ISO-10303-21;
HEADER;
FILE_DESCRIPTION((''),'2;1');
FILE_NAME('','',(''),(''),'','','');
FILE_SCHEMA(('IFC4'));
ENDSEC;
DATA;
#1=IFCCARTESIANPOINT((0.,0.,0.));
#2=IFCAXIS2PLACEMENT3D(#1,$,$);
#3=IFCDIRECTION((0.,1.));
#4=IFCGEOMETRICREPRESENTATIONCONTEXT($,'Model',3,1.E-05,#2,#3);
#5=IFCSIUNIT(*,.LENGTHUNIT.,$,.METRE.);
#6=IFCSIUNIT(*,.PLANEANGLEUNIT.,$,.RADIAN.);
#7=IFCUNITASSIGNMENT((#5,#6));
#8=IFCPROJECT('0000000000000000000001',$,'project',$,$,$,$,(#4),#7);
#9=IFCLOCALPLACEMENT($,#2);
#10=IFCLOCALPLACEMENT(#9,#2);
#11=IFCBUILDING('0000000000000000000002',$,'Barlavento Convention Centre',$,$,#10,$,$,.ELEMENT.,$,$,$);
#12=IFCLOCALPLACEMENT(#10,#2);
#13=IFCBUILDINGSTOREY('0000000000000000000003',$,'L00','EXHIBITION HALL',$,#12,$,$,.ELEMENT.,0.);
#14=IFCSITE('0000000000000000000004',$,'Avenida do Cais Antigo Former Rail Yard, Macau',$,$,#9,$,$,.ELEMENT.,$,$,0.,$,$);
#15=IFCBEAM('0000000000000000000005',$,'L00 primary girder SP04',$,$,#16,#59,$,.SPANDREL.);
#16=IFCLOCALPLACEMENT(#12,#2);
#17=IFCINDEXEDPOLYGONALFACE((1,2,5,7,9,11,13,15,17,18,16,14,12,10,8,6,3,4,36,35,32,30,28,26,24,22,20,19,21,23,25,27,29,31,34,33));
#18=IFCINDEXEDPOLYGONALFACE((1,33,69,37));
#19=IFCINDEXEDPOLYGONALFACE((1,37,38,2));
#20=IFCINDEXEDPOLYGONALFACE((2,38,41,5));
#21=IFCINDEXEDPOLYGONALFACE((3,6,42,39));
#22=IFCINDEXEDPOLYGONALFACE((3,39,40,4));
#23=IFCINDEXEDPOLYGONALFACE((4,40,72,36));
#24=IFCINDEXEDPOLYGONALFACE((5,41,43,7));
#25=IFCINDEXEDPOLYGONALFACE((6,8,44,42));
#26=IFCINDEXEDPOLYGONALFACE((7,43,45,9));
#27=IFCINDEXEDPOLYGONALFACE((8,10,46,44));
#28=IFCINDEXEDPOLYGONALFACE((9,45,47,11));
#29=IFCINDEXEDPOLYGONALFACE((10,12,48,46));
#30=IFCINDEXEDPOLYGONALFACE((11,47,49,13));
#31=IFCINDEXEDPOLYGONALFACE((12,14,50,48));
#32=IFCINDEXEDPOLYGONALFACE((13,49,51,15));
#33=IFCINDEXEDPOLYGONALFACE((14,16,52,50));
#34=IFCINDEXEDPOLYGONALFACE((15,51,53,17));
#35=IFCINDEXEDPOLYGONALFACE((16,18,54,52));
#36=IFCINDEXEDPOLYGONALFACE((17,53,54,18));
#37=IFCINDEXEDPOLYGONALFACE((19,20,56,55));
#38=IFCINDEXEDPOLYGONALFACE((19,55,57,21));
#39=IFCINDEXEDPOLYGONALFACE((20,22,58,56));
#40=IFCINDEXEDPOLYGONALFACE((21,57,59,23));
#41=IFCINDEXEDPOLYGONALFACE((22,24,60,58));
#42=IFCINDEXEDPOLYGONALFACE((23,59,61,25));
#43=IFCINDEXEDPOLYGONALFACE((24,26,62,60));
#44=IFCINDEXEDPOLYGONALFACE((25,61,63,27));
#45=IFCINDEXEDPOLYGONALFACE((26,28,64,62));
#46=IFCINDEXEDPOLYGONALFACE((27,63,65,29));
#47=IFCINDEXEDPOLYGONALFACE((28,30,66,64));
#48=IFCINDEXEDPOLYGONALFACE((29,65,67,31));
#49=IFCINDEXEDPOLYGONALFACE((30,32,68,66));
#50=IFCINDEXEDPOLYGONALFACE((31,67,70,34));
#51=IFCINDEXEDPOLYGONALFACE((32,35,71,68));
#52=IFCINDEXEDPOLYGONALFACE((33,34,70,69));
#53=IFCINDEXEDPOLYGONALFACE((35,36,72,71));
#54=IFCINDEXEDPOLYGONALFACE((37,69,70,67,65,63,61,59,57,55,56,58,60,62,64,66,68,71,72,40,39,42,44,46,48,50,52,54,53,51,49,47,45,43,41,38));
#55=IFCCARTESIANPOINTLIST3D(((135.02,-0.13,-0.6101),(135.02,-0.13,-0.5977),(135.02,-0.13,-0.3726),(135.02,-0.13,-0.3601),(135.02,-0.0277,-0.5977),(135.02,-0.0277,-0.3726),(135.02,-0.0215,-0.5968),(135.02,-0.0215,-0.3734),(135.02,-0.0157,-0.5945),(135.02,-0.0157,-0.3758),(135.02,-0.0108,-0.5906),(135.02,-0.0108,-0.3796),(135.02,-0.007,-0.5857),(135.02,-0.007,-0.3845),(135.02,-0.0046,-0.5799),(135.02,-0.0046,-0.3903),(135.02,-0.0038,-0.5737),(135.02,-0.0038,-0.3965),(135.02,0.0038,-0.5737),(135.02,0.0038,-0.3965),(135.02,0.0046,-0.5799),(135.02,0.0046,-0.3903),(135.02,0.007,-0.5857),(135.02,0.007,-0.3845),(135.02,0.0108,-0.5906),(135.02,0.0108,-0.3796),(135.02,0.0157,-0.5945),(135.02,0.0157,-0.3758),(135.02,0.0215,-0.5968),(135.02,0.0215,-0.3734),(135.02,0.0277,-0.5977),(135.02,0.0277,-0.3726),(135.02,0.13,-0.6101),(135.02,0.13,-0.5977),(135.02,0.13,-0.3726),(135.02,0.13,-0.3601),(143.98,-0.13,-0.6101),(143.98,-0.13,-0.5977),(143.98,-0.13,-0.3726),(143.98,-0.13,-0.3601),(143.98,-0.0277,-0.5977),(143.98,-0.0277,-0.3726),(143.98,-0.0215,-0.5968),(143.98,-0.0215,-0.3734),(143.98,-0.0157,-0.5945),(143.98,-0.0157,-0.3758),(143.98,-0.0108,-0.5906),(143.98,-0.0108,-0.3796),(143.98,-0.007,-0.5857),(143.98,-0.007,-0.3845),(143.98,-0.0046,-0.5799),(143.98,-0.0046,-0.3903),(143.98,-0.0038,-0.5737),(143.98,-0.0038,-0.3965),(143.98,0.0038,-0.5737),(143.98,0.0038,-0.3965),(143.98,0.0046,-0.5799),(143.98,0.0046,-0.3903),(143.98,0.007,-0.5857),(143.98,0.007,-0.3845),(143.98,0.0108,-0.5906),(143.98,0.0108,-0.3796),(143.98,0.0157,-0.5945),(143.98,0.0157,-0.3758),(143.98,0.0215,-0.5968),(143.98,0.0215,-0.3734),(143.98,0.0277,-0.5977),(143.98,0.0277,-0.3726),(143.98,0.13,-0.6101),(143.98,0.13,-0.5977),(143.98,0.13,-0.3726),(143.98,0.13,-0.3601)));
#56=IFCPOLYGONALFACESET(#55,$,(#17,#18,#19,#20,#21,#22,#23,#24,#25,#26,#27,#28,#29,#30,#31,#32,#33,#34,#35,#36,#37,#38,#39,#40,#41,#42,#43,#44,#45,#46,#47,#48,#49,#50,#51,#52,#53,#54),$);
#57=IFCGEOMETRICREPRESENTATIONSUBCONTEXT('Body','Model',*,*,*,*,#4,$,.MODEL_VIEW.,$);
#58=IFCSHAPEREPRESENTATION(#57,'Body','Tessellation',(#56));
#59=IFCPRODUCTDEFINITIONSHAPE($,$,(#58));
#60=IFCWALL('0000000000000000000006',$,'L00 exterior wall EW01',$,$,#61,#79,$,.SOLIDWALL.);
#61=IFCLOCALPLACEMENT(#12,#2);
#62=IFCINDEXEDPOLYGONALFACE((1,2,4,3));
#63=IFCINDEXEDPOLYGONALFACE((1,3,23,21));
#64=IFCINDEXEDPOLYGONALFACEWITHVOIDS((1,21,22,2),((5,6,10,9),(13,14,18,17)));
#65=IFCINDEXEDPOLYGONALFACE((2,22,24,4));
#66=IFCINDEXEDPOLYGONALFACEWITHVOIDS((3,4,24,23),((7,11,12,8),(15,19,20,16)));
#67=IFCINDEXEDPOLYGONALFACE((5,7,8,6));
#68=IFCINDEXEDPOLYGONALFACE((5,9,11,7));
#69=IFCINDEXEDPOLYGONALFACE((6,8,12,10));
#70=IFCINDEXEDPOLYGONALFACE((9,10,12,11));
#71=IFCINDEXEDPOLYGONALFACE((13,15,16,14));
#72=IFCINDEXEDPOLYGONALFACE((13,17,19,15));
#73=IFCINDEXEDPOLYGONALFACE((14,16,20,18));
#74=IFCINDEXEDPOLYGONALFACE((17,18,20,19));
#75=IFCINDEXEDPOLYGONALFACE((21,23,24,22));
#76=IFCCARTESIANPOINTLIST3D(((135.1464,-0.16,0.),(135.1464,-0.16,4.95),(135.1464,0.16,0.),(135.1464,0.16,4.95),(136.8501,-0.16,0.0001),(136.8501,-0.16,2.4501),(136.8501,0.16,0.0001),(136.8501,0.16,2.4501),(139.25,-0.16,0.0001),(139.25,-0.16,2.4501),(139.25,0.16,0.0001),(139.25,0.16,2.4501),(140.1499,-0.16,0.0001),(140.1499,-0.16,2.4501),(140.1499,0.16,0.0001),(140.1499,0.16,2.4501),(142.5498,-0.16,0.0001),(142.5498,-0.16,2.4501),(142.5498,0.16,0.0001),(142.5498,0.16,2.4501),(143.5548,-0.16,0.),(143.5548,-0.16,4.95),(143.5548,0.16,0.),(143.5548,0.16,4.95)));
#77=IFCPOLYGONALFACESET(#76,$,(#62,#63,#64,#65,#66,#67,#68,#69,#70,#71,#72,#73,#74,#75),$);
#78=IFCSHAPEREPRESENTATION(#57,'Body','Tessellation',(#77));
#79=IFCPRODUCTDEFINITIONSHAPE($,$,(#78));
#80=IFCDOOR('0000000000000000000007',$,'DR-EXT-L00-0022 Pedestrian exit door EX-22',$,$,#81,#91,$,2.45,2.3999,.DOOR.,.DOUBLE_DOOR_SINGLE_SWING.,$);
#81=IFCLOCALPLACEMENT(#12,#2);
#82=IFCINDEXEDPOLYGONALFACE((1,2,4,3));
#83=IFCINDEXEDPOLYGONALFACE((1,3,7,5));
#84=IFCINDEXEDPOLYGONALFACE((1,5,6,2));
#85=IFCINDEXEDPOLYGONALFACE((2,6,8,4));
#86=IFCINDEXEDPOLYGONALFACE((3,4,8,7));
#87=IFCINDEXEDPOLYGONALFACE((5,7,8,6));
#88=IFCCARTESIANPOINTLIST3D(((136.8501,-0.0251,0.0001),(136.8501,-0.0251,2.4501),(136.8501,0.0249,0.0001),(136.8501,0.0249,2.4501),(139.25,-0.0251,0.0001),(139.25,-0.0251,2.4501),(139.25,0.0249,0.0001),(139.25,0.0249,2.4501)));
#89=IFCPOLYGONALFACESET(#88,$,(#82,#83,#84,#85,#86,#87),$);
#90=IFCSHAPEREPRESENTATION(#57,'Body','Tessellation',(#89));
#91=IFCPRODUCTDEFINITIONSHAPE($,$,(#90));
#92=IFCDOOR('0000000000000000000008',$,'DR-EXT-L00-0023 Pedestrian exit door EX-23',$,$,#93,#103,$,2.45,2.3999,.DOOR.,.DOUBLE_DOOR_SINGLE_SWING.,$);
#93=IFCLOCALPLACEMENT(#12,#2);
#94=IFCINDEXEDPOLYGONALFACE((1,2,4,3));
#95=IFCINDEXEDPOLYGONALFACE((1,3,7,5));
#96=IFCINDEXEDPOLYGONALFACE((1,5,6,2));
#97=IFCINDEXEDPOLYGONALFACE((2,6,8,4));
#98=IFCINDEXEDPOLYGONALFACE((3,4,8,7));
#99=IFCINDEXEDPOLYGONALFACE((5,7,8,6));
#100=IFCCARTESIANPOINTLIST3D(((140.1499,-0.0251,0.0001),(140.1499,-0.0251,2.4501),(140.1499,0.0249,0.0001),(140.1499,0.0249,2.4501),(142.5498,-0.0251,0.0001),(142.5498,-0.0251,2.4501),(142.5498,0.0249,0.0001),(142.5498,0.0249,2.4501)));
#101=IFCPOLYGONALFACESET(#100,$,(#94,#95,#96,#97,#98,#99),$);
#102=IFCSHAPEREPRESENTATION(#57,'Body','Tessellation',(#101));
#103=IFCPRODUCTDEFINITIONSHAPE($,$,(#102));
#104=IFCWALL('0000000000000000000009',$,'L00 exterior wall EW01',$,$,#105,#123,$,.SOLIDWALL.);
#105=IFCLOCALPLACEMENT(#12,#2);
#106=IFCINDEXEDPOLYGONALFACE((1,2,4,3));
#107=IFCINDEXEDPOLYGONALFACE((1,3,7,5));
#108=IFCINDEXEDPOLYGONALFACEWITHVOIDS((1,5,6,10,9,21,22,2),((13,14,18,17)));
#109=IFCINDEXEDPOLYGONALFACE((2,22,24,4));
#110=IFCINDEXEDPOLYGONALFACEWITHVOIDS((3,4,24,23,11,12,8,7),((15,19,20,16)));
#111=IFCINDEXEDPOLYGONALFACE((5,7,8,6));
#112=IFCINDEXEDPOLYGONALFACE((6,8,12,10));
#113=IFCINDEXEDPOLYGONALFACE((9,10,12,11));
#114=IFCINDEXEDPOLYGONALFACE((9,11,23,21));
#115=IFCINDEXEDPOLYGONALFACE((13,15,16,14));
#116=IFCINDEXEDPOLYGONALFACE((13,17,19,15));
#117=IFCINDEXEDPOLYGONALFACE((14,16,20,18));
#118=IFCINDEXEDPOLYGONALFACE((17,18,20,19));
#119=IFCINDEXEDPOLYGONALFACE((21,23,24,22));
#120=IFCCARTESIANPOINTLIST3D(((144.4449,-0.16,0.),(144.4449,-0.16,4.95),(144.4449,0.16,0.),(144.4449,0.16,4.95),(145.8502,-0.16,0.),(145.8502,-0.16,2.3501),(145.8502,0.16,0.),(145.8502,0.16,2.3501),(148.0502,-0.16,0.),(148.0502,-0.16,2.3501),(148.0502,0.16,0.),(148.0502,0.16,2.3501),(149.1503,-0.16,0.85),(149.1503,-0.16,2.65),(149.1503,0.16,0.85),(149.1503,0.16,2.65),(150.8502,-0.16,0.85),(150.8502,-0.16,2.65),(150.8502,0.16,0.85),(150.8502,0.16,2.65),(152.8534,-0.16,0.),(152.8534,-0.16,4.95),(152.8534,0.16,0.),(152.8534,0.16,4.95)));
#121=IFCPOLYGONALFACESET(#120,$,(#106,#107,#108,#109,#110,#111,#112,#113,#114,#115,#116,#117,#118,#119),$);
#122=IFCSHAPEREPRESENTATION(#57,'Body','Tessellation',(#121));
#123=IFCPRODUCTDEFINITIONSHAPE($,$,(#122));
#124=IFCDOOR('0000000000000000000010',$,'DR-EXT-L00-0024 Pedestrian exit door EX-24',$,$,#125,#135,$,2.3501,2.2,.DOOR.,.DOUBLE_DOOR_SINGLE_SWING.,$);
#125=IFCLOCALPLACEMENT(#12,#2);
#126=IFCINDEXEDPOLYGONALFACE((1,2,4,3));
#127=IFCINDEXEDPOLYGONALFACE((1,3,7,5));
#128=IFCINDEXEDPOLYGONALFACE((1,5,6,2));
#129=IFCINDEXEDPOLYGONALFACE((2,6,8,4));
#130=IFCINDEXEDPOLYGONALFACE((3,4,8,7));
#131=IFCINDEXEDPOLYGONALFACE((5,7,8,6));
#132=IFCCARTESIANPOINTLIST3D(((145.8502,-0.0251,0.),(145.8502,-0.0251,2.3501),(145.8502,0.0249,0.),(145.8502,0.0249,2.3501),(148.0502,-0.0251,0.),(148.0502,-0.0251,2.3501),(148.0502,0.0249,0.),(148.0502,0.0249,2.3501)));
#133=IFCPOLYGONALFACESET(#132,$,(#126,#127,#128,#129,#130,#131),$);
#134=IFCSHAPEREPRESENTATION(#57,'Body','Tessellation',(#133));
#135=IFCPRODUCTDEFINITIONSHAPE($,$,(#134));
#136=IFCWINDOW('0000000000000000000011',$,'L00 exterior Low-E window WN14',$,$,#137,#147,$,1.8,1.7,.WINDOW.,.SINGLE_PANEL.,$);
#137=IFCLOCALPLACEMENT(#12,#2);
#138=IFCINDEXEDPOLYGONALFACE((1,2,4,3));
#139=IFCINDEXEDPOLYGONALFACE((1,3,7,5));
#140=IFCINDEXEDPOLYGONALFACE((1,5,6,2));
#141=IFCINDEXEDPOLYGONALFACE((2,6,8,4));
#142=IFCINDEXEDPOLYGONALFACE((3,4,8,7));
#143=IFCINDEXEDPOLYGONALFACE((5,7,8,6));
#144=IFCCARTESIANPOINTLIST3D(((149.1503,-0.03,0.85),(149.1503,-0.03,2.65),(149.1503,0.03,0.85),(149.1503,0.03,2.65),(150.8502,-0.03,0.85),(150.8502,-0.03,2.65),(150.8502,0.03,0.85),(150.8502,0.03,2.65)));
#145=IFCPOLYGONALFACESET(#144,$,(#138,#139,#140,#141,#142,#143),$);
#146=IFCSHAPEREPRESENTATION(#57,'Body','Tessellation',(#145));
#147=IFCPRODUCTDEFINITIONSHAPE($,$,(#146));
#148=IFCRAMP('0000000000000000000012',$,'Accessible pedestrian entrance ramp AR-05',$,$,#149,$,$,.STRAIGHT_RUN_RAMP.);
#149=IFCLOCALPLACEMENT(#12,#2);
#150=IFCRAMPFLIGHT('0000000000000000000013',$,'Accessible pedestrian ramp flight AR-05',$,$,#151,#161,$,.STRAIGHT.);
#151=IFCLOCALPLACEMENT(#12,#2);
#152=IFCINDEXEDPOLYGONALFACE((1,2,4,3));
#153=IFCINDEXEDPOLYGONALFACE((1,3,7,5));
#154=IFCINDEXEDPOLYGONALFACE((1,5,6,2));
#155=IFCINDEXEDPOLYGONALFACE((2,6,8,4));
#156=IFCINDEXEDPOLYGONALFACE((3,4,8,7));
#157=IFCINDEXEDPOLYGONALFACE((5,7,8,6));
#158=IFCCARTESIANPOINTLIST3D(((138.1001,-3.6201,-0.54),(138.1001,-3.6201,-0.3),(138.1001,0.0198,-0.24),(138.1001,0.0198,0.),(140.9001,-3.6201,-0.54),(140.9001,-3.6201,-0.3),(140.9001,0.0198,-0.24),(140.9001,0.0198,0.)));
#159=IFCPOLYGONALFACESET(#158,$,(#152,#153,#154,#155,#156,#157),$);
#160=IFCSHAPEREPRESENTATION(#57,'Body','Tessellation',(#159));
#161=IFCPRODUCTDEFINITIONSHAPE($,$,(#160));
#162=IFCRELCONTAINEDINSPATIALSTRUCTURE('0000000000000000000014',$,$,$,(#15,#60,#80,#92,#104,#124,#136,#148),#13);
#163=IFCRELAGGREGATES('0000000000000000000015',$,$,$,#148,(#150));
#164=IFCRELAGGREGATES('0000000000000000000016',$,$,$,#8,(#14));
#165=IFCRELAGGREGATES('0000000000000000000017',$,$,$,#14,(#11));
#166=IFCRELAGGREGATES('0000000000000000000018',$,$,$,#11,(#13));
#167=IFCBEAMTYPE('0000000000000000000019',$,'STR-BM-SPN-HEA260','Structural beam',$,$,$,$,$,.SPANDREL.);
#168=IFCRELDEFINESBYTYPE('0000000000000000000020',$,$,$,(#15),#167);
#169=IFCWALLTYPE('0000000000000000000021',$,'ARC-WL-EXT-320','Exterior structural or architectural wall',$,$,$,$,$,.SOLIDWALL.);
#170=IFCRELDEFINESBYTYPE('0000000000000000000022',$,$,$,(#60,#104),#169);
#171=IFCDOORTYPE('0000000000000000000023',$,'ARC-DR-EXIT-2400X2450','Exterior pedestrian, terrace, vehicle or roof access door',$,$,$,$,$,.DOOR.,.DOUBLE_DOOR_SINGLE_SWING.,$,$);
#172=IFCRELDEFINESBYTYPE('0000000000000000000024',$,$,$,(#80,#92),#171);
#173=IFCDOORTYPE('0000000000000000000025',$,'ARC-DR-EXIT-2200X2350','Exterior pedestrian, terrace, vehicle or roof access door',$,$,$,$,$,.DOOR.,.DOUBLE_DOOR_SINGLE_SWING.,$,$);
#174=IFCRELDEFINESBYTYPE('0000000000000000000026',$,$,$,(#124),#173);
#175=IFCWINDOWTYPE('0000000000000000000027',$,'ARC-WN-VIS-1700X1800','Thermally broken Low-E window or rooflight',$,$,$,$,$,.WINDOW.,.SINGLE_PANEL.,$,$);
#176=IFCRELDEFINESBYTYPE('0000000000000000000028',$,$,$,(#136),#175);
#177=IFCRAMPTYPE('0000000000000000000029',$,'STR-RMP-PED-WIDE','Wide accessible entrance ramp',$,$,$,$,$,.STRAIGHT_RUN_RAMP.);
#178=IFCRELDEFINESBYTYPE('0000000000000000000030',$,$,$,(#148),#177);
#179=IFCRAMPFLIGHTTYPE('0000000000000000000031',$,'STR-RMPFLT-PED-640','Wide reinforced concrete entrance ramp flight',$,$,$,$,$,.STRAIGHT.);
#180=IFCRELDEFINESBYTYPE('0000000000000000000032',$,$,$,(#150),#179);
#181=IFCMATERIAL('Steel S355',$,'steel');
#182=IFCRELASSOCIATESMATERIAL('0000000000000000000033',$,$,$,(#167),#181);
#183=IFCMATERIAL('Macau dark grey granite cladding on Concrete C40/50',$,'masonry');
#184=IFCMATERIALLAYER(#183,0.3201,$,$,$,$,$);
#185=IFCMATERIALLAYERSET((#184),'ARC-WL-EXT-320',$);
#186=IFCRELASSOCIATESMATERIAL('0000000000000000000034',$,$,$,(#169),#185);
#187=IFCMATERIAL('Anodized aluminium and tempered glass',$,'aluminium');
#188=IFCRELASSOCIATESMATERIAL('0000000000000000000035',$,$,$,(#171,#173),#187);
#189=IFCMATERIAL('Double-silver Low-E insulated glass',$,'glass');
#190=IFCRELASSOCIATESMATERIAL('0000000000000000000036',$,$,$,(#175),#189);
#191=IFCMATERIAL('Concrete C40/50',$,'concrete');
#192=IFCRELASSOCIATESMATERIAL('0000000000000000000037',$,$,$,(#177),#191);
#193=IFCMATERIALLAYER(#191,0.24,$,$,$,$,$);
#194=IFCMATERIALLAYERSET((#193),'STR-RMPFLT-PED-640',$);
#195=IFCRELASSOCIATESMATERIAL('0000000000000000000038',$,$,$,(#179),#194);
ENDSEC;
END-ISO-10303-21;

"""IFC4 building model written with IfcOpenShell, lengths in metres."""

from ifc_helpers import new_model, si_unit, direction, frame, frame_2d, origin, origin_2d, place, context, subcontext, project, spatial, polyline, rectangle, i_section, outline, extrude, material, layer, layer_set, material_profile, profile_set, type_object, element, fill, aggregate, save


model = new_model("IFC4")

# Units and contexts
model_context = context("Model", 3, precision=1e-05, world=origin(), true_north=direction((0.0, 1.0)))
body_context = subcontext(model_context, "Body", "Model", "MODEL_VIEW")
ifc_project = project(units=[si_unit("LENGTHUNIT", "METRE"), si_unit("PLANEANGLEUNIT", "RADIAN")], contexts=[model_context])

# Site, building, storey
site_placement = place(None, origin())
site = spatial("IfcSite", under=ifc_project, at=site_placement, Name="Avenida do Cais Antigo Former Rail Yard, Macau", CompositionType="ELEMENT", RefElevation=0.0)
building_placement = place(site_placement, origin())
building = spatial("IfcBuilding", under=site, at=building_placement, Name="Barlavento Convention Centre", CompositionType="ELEMENT")
storey_placement = place(building_placement, origin())
storey = spatial("IfcBuildingStorey", under=building, at=storey_placement, Name="L00", Description="EXHIBITION HALL", CompositionType="ELEMENT", Elevation=0.0)

# Beam
ifc_material_1 = material(Name="Steel S355", Category="steel")
ifc_material_profile_1 = material_profile(ifc_material_1, i_section(OverallWidth=0.26, OverallDepth=0.25, WebThickness=0.0076, FlangeThickness=0.0125, FilletRadius=0.0239, at=origin_2d()), Name="HEA 260")
ifc_profile_set_1 = profile_set([ifc_material_profile_1], Name="Steel S355")
beam_type_1 = type_object("IfcBeamType", Name="STR-BM-SPN-HEA260", Description="Structural beam", PredefinedType="SPANDREL", material=ifc_profile_set_1)
beam_1_placement = place(storey_placement, frame((135.02, 0.0, -0.4851), z_axis=(1.0, 0.0, 0.0), x_axis=(0.0, 1.0, 0.0)))
element("IfcBeam", 1, at=beam_1_placement, inside=storey, type_object=beam_type_1, Name="L00 primary girder SP04", PredefinedType="SPANDREL", context=body_context, shape_type="SweptSolid", body=[
    extrude(i_section(OverallWidth=0.26, OverallDepth=0.25, WebThickness=0.0076, FlangeThickness=0.0125, FilletRadius=0.0239, at=origin_2d()), origin(), (0.0, 0.0, 1.0), 8.96),
])

# Wall, openings, doors
ifc_material_2 = material(Name="Macau dark grey granite cladding on Concrete C40/50", Category="masonry")
ifc_layer_1 = layer(ifc_material_2, 0.3201)
ifc_layer_set_1 = layer_set([ifc_layer_1], Name="ARC-WL-EXT-320")
wall_type = type_object("IfcWallType", Name="ARC-WL-EXT-320", Description="Exterior structural or architectural wall", PredefinedType="SOLIDWALL", material=ifc_layer_set_1)
wall_1_placement = place(storey_placement, frame((135.1465, 0.0, 0.0), z_axis=(0.0, 0.0, 1.0), x_axis=(1.0, 0.0, 0.0)))
wall_1 = element("IfcWall", 2, at=wall_1_placement, inside=storey, type_object=wall_type, Name="L00 exterior wall EW01", PredefinedType="SOLIDWALL", context=body_context, shape_type="SweptSolid", body=[
    extrude(rectangle(XDim=8.4084, YDim=0.3201, at=frame_2d((4.2041, 0.0))), origin(), (0.0, 0.0, 1.0), 4.95),
])
opening_1_placement = place(wall_1_placement, frame((1.7036, 0.0, 0.0)))
opening_1 = element("IfcOpeningElement", 3, at=opening_1_placement, cuts=wall_1, PredefinedType="OPENING", context=body_context, shape_type="SweptSolid", body=[
    extrude(rectangle(XDim=2.3999, YDim=2.45, at=frame_2d((1.2, 1.2251))), frame((0.0, 0.1699, 0.0), z_axis=(0.0, -1.0, 0.0), x_axis=(1.0, 0.0, 0.0)), (0.0, 0.0, 1.0), 0.3401),
])
opening_2_placement = place(wall_1_placement, frame((5.0034, 0.0, 0.0)))
opening_2 = element("IfcOpeningElement", 4, at=opening_2_placement, cuts=wall_1, PredefinedType="OPENING", context=body_context, shape_type="SweptSolid", body=[
    extrude(rectangle(XDim=2.3999, YDim=2.45, at=frame_2d((1.2, 1.2251))), frame((0.0, 0.1699, 0.0), z_axis=(0.0, -1.0, 0.0), x_axis=(1.0, 0.0, 0.0)), (0.0, 0.0, 1.0), 0.3401),
])
ifc_material_3 = material(Name="Anodized aluminium and tempered glass", Category="aluminium")
door_type_1 = type_object("IfcDoorType", Name="ARC-DR-EXIT-2400X2450", Description="Exterior pedestrian, terrace, vehicle or roof access door", OperationType="DOUBLE_DOOR_SINGLE_SWING", PredefinedType="DOOR", material=ifc_material_3)
door_1_placement = place(opening_1_placement, origin())
door_1 = element("IfcDoor", 5, at=door_1_placement, inside=storey, type_object=door_type_1, Name="DR-EXT-L00-0022 Pedestrian exit door EX-22", OperationType="DOUBLE_DOOR_SINGLE_SWING", OverallHeight=2.45, OverallWidth=2.3999, PredefinedType="DOOR", context=body_context, shape_type="SweptSolid", body=[
    extrude(rectangle(XDim=2.3999, YDim=2.45, at=frame_2d((1.2, 1.2251))), frame((0.0, 0.0249, 0.0), z_axis=(0.0, -1.0, 0.0), x_axis=(1.0, 0.0, 0.0)), (0.0, 0.0, 1.0), 0.05),
])
fill(opening_1, door_1)
door_2_placement = place(opening_2_placement, origin())
door_2 = element("IfcDoor", 6, at=door_2_placement, inside=storey, type_object=door_type_1, Name="DR-EXT-L00-0023 Pedestrian exit door EX-23", OperationType="DOUBLE_DOOR_SINGLE_SWING", OverallHeight=2.45, OverallWidth=2.3999, PredefinedType="DOOR", context=body_context, shape_type="SweptSolid", body=[
    extrude(rectangle(XDim=2.3999, YDim=2.45, at=frame_2d((1.2, 1.2251))), frame((0.0, 0.0249, 0.0), z_axis=(0.0, -1.0, 0.0), x_axis=(1.0, 0.0, 0.0)), (0.0, 0.0, 1.0), 0.05),
])
fill(opening_2, door_2)

# Wall, openings, door, window
wall_2_placement = place(storey_placement, frame((144.4451, 0.0, 0.0), z_axis=(0.0, 0.0, 1.0), x_axis=(1.0, 0.0, 0.0)))
wall_2 = element("IfcWall", 7, at=wall_2_placement, inside=storey, type_object=wall_type, Name="L00 exterior wall EW01", PredefinedType="SOLIDWALL", context=body_context, shape_type="SweptSolid", body=[
    extrude(rectangle(XDim=8.4084, YDim=0.3201, at=frame_2d((4.2041, 0.0))), origin(), (0.0, 0.0, 1.0), 4.95),
])
opening_3_placement = place(wall_2_placement, frame((1.405, 0.0, 0.0)))
opening_3 = element("IfcOpeningElement", 8, at=opening_3_placement, cuts=wall_2, PredefinedType="OPENING", context=body_context, shape_type="SweptSolid", body=[
    extrude(rectangle(XDim=2.2, YDim=2.3501, at=frame_2d((1.1001, 1.175))), frame((0.0, 0.1699, 0.0), z_axis=(0.0, -1.0, 0.0), x_axis=(1.0, 0.0, 0.0)), (0.0, 0.0, 1.0), 0.3401),
])
opening_4_placement = place(wall_2_placement, frame((4.7051, 0.0, 0.8501)))
opening_4 = element("IfcOpeningElement", 9, at=opening_4_placement, cuts=wall_2, PredefinedType="OPENING", context=body_context, shape_type="SweptSolid", body=[
    extrude(rectangle(XDim=1.7, YDim=1.8, at=frame_2d((0.8501, 0.8999))), frame((0.0, 0.1699, 0.0), z_axis=(0.0, -1.0, 0.0), x_axis=(1.0, 0.0, 0.0)), (0.0, 0.0, 1.0), 0.3401),
])
door_type_2 = type_object("IfcDoorType", Name="ARC-DR-EXIT-2200X2350", Description="Exterior pedestrian, terrace, vehicle or roof access door", OperationType="DOUBLE_DOOR_SINGLE_SWING", PredefinedType="DOOR", material=ifc_material_3)
door_3_placement = place(opening_3_placement, origin())
door_3 = element("IfcDoor", 10, at=door_3_placement, inside=storey, type_object=door_type_2, Name="DR-EXT-L00-0024 Pedestrian exit door EX-24", OperationType="DOUBLE_DOOR_SINGLE_SWING", OverallHeight=2.3501, OverallWidth=2.2, PredefinedType="DOOR", context=body_context, shape_type="SweptSolid", body=[
    extrude(rectangle(XDim=2.2, YDim=2.3501, at=frame_2d((1.1001, 1.175))), frame((0.0, 0.0249, 0.0), z_axis=(0.0, -1.0, 0.0), x_axis=(1.0, 0.0, 0.0)), (0.0, 0.0, 1.0), 0.05),
])
fill(opening_3, door_3)
ifc_material_4 = material(Name="Double-silver Low-E insulated glass", Category="glass")
window_type = type_object("IfcWindowType", Name="ARC-WN-VIS-1700X1800", Description="Thermally broken Low-E window or rooflight", PartitioningType="SINGLE_PANEL", PredefinedType="WINDOW", material=ifc_material_4)
window_placement = place(opening_4_placement, origin())
window = element("IfcWindow", 11, at=window_placement, inside=storey, type_object=window_type, Name="L00 exterior Low-E window WN14", OverallHeight=1.8, OverallWidth=1.7, PartitioningType="SINGLE_PANEL", PredefinedType="WINDOW", context=body_context, shape_type="SweptSolid", body=[
    extrude(rectangle(XDim=1.7, YDim=1.8, at=frame_2d((0.8501, 0.8999))), frame((0.0, 0.03, 0.0), z_axis=(0.0, -1.0, 0.0), x_axis=(1.0, 0.0, 0.0)), (0.0, 0.0, 1.0), 0.0601),
])
fill(opening_4, window)

# Ramp, ramp flight
ifc_material_5 = material(Name="Concrete C40/50", Category="concrete")
ramp_type = type_object("IfcRampType", Name="STR-RMP-PED-WIDE", Description="Wide accessible entrance ramp", PredefinedType="STRAIGHT_RUN_RAMP", material=ifc_material_5)
ramp_placement = place(storey_placement, origin())
ramp = element("IfcRamp", 12, at=ramp_placement, inside=storey, type_object=ramp_type, Name="Accessible pedestrian entrance ramp AR-05", PredefinedType="STRAIGHT_RUN_RAMP")
ifc_layer_2 = layer(ifc_material_5, 0.24)
ifc_layer_set_2 = layer_set([ifc_layer_2], Name="STR-RMPFLT-PED-640")
ramp_flight_type = type_object("IfcRampFlightType", Name="STR-RMPFLT-PED-640", Description="Wide reinforced concrete entrance ramp flight", PredefinedType="STRAIGHT", material=ifc_layer_set_2)
ramp_flight_placement = place(storey_placement, frame((139.5, -3.6201, -0.3), z_axis=(0.0, 0.0, 1.0), x_axis=(0.0, 1.0, 0.0)))
ramp_flight = element("IfcRampFlight", 13, at=ramp_flight_placement, type_object=ramp_flight_type, Name="Accessible pedestrian ramp flight AR-05", PredefinedType="STRAIGHT", context=body_context, shape_type="SweptSolid", body=[
    extrude(outline(polyline([(0.0, -0.24), (3.6399, 0.0601), (3.6399, 0.3), (0.0, 0.0), (0.0, -0.24)])), frame((0.0, 1.3999, 0.0), z_axis=(0.0, -1.0, 0.0), x_axis=(1.0, 0.0, 0.0)), (0.0, 0.0, 1.0), 2.8),
])
aggregate(ramp, [ramp_flight])

save(model, "model.ifc")
